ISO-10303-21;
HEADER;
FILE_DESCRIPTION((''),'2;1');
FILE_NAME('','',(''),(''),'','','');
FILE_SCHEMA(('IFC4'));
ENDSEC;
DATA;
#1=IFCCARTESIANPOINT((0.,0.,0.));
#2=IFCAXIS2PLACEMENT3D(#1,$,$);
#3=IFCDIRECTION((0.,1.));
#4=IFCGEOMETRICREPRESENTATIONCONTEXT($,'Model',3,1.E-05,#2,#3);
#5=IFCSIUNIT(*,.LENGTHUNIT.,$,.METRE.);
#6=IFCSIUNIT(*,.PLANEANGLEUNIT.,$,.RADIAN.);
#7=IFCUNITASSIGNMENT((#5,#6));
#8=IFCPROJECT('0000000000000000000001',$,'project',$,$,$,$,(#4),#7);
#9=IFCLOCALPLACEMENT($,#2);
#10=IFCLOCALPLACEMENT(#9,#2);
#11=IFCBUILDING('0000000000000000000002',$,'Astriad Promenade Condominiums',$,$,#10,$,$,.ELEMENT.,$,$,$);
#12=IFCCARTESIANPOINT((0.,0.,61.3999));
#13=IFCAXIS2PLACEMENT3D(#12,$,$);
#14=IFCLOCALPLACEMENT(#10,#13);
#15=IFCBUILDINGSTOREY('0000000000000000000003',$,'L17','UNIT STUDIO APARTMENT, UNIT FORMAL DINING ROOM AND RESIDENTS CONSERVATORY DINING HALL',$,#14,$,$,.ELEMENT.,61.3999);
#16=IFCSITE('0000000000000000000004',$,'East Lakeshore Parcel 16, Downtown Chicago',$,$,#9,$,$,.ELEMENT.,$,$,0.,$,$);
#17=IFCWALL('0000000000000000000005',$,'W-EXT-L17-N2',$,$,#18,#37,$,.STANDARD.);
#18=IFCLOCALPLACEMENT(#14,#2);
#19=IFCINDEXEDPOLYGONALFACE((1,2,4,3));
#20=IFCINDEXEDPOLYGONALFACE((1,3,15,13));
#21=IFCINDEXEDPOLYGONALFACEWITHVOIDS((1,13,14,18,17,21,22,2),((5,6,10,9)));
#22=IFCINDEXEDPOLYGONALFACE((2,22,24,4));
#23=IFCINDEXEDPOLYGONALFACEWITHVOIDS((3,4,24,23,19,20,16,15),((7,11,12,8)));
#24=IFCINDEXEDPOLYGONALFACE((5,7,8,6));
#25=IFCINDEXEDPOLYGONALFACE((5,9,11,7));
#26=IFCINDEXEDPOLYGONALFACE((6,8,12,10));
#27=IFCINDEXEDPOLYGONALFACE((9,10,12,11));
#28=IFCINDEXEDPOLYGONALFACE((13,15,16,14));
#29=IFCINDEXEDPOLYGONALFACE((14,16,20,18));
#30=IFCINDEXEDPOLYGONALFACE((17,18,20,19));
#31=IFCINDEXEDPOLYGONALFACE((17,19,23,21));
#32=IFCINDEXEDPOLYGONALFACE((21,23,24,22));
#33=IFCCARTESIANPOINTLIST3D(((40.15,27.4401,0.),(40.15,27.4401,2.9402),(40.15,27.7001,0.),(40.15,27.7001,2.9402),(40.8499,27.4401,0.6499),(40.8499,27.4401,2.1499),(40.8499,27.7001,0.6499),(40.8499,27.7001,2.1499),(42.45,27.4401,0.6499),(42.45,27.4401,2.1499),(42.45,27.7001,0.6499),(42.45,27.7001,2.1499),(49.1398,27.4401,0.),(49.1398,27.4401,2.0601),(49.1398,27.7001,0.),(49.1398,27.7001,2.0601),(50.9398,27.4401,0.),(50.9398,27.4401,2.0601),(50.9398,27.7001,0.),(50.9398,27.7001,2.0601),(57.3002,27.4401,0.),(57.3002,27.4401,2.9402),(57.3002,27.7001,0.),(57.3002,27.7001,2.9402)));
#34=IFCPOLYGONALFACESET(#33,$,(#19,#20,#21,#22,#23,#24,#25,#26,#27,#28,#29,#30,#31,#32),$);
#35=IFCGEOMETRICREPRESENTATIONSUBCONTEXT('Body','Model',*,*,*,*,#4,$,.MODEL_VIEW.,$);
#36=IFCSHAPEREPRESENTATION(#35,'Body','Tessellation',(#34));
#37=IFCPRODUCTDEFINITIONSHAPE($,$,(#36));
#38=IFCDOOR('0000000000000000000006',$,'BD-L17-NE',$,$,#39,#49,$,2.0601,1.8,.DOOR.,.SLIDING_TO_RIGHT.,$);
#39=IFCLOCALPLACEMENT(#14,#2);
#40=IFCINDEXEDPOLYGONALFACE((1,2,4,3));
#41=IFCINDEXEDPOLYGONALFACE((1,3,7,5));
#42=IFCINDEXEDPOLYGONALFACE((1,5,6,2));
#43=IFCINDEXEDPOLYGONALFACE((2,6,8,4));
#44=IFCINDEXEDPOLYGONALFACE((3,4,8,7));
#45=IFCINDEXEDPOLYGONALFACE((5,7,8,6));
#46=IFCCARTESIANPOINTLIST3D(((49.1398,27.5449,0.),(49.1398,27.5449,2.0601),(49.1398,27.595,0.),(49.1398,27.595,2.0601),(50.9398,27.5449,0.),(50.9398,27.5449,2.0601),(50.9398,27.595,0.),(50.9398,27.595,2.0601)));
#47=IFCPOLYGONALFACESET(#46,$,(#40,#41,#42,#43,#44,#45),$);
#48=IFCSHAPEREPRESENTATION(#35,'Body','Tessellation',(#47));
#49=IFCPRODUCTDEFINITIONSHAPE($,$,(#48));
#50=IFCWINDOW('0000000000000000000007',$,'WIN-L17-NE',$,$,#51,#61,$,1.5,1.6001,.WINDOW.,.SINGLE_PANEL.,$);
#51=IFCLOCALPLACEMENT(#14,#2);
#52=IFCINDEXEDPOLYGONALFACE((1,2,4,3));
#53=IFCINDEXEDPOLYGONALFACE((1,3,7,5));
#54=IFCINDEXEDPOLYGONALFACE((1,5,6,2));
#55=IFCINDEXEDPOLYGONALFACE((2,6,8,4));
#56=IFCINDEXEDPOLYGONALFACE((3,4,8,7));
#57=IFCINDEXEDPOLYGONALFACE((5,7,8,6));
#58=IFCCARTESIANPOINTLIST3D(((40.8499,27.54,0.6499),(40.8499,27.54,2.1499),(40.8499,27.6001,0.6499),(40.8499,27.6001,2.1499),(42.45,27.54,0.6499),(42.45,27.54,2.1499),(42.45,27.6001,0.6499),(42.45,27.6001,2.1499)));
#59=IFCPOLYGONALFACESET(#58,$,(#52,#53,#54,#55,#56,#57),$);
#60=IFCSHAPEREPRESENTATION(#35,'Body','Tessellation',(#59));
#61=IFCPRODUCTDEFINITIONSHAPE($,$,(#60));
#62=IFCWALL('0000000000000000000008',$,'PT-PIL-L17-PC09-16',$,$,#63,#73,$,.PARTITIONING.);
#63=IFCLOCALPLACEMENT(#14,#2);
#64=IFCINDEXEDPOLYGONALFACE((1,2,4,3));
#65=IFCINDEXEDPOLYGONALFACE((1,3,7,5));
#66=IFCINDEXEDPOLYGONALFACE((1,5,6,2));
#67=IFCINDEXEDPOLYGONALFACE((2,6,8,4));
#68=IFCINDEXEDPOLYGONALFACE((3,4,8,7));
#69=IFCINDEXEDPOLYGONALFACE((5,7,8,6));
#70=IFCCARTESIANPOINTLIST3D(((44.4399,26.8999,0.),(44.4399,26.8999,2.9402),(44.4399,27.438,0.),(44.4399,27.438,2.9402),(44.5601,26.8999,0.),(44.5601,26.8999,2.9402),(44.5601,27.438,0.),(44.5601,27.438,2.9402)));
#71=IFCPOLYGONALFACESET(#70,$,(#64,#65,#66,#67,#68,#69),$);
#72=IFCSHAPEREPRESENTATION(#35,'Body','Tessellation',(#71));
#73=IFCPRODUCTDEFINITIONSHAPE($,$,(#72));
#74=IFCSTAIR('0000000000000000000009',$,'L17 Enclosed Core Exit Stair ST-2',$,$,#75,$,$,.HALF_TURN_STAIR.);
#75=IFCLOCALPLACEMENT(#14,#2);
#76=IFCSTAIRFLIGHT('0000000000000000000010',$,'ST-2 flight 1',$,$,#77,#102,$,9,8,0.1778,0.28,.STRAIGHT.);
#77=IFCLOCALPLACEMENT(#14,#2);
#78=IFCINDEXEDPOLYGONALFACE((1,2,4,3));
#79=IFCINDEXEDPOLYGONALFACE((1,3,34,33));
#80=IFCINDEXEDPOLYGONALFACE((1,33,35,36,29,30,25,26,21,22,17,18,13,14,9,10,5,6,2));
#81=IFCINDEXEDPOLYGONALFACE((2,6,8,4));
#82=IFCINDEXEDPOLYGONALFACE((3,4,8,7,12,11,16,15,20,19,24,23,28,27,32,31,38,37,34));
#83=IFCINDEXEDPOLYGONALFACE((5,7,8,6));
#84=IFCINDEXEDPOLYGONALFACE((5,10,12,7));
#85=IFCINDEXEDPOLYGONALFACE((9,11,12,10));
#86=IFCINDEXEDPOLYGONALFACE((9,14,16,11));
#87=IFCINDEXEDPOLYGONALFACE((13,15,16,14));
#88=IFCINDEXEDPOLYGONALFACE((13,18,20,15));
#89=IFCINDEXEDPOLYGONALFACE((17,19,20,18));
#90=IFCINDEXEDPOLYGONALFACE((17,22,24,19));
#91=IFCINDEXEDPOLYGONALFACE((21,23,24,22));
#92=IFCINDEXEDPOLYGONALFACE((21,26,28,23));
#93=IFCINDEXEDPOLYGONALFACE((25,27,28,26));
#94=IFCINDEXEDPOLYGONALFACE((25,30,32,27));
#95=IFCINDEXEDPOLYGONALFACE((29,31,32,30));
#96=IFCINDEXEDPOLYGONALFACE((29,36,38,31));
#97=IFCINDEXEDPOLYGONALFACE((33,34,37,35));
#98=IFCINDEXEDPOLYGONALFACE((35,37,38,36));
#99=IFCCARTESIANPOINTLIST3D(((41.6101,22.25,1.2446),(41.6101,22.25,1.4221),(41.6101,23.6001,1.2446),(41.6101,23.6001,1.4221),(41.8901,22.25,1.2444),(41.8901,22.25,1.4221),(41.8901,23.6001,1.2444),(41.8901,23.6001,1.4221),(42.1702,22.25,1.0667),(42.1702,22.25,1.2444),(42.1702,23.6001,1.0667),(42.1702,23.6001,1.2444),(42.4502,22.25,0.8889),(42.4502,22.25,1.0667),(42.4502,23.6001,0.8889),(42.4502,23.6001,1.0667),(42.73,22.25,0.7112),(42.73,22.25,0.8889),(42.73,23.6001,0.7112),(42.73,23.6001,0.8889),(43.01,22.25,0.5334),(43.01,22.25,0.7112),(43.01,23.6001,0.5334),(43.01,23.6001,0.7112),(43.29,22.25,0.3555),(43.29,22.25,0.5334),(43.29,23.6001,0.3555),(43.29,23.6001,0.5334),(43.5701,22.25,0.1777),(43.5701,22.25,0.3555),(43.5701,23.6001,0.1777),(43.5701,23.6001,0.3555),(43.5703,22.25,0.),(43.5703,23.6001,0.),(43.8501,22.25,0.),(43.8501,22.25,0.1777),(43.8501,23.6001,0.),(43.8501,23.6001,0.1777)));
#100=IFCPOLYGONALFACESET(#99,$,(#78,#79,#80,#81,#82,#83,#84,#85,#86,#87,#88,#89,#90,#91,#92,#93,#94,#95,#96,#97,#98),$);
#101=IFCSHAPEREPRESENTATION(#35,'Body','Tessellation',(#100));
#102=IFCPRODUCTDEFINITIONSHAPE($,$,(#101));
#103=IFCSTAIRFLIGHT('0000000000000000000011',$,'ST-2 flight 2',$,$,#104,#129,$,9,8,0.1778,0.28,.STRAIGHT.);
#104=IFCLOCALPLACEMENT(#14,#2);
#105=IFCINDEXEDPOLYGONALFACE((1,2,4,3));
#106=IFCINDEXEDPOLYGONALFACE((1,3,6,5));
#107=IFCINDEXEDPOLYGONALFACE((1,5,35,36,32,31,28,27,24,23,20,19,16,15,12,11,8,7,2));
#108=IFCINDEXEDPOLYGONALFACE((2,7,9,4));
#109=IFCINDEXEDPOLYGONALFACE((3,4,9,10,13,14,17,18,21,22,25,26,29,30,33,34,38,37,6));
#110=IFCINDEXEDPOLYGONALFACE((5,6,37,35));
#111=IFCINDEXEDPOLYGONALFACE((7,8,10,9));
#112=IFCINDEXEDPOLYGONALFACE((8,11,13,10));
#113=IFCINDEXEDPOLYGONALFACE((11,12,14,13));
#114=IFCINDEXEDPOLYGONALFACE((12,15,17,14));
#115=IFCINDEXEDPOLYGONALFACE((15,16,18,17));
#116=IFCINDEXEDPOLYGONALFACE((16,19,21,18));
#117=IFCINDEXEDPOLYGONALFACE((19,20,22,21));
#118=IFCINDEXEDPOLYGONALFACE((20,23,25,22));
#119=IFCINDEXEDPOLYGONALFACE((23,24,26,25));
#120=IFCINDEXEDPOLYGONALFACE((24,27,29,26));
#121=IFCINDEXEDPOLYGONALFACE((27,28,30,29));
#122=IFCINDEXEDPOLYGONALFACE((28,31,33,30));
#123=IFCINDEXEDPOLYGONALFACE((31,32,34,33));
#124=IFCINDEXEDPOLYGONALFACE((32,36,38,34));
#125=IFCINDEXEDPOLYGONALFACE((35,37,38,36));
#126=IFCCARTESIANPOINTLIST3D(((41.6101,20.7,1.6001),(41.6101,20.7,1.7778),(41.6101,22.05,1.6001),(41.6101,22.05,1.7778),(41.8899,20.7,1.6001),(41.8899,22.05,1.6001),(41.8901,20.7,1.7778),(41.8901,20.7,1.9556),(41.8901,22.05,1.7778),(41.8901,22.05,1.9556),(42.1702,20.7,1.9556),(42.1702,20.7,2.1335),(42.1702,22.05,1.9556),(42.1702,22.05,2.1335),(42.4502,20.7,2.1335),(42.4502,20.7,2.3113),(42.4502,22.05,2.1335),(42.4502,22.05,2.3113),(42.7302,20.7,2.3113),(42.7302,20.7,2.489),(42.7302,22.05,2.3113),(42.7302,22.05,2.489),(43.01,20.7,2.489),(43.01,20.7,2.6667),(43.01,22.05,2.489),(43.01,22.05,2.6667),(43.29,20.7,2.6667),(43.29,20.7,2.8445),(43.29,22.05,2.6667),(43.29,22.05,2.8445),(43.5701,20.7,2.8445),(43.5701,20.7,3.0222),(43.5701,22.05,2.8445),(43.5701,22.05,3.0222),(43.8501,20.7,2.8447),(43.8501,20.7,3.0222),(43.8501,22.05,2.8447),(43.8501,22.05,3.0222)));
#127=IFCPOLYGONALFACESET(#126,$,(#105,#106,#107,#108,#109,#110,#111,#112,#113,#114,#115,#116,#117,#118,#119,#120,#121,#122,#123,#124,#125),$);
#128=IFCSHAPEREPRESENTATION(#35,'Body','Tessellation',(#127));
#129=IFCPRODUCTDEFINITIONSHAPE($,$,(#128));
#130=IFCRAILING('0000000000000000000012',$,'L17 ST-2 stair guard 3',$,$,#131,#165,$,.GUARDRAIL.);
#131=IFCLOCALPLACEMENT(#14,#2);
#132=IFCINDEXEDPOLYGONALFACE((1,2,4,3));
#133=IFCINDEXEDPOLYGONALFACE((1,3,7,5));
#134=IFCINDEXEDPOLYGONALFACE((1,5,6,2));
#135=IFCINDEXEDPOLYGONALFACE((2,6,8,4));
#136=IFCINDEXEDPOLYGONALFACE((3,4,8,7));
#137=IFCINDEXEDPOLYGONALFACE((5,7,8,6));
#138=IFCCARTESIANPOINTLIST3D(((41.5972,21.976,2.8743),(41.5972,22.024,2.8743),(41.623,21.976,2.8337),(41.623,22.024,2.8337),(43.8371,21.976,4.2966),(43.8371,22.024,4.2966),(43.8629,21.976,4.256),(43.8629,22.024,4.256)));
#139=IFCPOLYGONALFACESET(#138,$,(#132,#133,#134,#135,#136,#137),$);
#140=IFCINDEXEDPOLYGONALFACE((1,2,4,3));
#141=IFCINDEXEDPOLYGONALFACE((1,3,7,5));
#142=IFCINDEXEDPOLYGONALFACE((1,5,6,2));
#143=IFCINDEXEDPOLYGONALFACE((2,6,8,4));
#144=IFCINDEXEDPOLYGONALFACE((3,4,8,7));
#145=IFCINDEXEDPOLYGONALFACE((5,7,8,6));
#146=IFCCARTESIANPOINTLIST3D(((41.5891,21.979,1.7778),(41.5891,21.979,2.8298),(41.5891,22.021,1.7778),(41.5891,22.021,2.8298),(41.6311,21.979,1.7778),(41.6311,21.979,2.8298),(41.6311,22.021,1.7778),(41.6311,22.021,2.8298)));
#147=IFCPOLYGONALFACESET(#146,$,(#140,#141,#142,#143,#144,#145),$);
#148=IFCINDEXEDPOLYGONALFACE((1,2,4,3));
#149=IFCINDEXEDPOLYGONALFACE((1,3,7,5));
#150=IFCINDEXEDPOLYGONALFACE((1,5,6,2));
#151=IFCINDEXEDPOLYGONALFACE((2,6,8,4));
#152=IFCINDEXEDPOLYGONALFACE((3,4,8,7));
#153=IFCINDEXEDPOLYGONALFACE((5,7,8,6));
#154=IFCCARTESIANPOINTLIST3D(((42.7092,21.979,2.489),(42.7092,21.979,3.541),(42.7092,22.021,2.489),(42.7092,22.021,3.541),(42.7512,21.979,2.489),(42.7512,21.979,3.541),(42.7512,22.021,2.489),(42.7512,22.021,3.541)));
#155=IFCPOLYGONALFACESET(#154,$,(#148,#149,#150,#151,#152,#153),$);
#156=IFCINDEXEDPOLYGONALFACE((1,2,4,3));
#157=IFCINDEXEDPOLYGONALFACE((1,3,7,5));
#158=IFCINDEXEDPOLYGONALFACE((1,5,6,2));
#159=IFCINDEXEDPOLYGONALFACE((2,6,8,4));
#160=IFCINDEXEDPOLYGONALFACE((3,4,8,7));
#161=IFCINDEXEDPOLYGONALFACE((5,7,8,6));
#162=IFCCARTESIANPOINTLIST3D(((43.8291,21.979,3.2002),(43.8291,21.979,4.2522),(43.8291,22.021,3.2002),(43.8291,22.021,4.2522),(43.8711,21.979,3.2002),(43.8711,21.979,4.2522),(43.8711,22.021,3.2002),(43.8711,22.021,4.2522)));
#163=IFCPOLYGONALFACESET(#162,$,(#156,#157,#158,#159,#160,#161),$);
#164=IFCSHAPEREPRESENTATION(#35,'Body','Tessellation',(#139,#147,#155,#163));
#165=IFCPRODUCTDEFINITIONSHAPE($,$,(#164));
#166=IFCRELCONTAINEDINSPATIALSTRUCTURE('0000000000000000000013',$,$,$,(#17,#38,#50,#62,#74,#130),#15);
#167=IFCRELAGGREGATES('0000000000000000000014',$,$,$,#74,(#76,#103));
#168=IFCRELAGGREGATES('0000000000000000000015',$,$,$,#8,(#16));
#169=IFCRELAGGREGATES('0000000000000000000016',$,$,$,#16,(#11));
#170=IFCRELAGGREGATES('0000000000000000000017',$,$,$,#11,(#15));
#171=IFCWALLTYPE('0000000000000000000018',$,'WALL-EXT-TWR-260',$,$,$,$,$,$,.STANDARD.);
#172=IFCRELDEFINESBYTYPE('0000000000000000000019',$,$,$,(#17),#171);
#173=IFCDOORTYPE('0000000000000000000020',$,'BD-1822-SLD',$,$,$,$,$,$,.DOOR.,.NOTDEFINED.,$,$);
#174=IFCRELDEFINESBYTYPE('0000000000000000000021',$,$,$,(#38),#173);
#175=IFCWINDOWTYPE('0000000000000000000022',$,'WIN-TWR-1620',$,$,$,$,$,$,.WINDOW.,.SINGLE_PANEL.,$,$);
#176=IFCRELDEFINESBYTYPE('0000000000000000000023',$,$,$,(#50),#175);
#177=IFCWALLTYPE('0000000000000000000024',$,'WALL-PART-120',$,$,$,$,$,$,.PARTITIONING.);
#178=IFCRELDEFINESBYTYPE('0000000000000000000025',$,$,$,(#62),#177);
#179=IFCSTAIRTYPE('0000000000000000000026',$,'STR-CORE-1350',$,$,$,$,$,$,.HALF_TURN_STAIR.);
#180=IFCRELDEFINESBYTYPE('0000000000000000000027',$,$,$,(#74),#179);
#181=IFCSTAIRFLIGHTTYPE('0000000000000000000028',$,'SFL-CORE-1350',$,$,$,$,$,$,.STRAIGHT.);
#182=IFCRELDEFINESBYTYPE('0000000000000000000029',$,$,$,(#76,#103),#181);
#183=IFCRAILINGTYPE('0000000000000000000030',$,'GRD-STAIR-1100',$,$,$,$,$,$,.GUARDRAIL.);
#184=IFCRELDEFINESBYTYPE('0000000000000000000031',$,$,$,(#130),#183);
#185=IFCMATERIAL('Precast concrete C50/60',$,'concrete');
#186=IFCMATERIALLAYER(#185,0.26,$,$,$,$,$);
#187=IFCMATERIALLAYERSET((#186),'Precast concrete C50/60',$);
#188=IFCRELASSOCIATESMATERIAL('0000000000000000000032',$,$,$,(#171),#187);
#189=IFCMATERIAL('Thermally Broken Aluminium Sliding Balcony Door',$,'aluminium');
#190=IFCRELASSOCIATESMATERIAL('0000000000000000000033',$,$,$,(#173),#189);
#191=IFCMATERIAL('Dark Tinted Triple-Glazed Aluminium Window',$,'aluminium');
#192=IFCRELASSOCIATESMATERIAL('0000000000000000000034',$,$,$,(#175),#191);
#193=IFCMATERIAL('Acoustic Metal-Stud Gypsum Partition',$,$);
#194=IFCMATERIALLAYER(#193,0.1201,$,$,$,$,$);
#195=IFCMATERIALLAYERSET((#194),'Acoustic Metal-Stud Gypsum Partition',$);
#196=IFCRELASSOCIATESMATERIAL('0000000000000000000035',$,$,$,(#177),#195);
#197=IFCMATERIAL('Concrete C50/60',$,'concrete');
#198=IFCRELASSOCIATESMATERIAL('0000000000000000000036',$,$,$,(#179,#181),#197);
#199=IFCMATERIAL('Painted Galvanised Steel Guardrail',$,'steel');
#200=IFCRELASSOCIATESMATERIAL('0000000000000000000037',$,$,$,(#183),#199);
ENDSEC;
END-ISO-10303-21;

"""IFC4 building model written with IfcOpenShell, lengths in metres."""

from ifc_helpers import new_model, si_unit, direction, frame, frame_2d, origin, origin_2d, place, context, subcontext, project, spatial, polyline, rectangle, outline, extrude, source, transform, mapped, material, layer, layer_set, type_object, type_shapes, element, fill, aggregate, save


model = new_model("IFC4")

# Units and contexts
model_context = context("Model", 3, precision=1e-05, world=origin(), true_north=direction((0.0, 1.0)))
body_context = subcontext(model_context, "Body", "Model", "MODEL_VIEW")
ifc_project = project(units=[si_unit("LENGTHUNIT", "METRE"), si_unit("PLANEANGLEUNIT", "RADIAN")], contexts=[model_context])

# Site, building, storey
site_placement = place(None, origin())
site = spatial("IfcSite", under=ifc_project, at=site_placement, Name="East Lakeshore Parcel 16, Downtown Chicago", CompositionType="ELEMENT", RefElevation=0.0)
building_placement = place(site_placement, origin())
building = spatial("IfcBuilding", under=site, at=building_placement, Name="Astriad Promenade Condominiums", CompositionType="ELEMENT")
storey_placement = place(building_placement, frame((0.0, 0.0, 61.3999)))
storey = spatial("IfcBuildingStorey", under=building, at=storey_placement, Name="L17", Description="UNIT STUDIO APARTMENT, UNIT FORMAL DINING ROOM AND RESIDENTS CONSERVATORY DINING HALL", CompositionType="ELEMENT", Elevation=61.3999)

# Shared definitions
ifc_material_1 = material(Name="Concrete C50/60", Category="concrete")

# Wall, openings, door, window
ifc_material_2 = material(Name="Precast concrete C50/60", Category="concrete")
ifc_layer_1 = layer(ifc_material_2, 0.26)
ifc_layer_set_1 = layer_set([ifc_layer_1], Name="Precast concrete C50/60")
wall_type_1 = type_object("IfcWallType", Name="WALL-EXT-TWR-260", PredefinedType="STANDARD", material=ifc_layer_set_1)
wall_1_placement = place(storey_placement, frame((40.1499, 27.5701, 0.0), z_axis=(0.0, 0.0, 1.0), x_axis=(1.0, 0.0, 0.0)))
wall_1 = element("IfcWall", 1, at=wall_1_placement, inside=storey, type_object=wall_type_1, Name="W-EXT-L17-N2", PredefinedType="STANDARD", context=body_context, shape_type="SweptSolid", body=[
    extrude(rectangle(XDim=17.1501, YDim=0.26, at=frame_2d((8.5752, 0.0))), origin(), (0.0, 0.0, 1.0), 2.9402),
])
opening_1_placement = place(wall_1_placement, frame((8.99, 0.0, 0.0)))
opening_1 = element("IfcOpeningElement", 2, at=opening_1_placement, cuts=wall_1, PredefinedType="OPENING", context=body_context, shape_type="SweptSolid", body=[
    extrude(rectangle(XDim=1.8, YDim=2.0601, at=frame_2d((0.8999, 1.03))), frame((0.0, 0.1399, 0.0), z_axis=(0.0, -1.0, 0.0), x_axis=(1.0, 0.0, 0.0)), (0.0, 0.0, 1.0), 0.28),
])
opening_2_placement = place(wall_1_placement, frame((0.7, 0.0, 0.6499)))
opening_2 = element("IfcOpeningElement", 3, at=opening_2_placement, cuts=wall_1, PredefinedType="OPENING", context=body_context, shape_type="SweptSolid", body=[
    extrude(rectangle(XDim=1.6001, YDim=1.5, at=frame_2d((0.8, 0.75))), frame((0.0, 0.1399, 0.0), z_axis=(0.0, -1.0, 0.0), x_axis=(1.0, 0.0, 0.0)), (0.0, 0.0, 1.0), 0.28),
])
ifc_material_3 = material(Name="Thermally Broken Aluminium Sliding Balcony Door", Category="aluminium")
door_type_1 = type_object("IfcDoorType", Name="BD-1822-SLD", OperationType="NOTDEFINED", PredefinedType="DOOR", material=ifc_material_3)
shared_shape_1 = source(origin(), body_context, "Body", "SweptSolid", [
    extrude(rectangle(XDim=1.8, YDim=2.0601, at=frame_2d((0.8999, 1.03))), frame((0.0, 0.0249, 0.0), z_axis=(0.0, -1.0, 0.0), x_axis=(1.0, 0.0, 0.0)), (0.0, 0.0, 1.0), 0.05),
])
type_shapes(door_type_1, [shared_shape_1])
door_1_placement = place(opening_1_placement, origin())
door_1 = element("IfcDoor", 4, at=door_1_placement, inside=storey, type_object=door_type_1, Name="BD-L17-NE", OperationType="SLIDING_TO_RIGHT", OverallHeight=2.0601, OverallWidth=1.8, PredefinedType="DOOR", context=body_context, shape_type="MappedRepresentation", body=[
    mapped(shared_shape_1, transform((0.0, 0.0, 0.0), scale=1.0)),
])
fill(opening_1, door_1)
ifc_material_4 = material(Name="Dark Tinted Triple-Glazed Aluminium Window", Category="aluminium")
window_type = type_object("IfcWindowType", Name="WIN-TWR-1620", PartitioningType="SINGLE_PANEL", PredefinedType="WINDOW", material=ifc_material_4)
shared_shape_2 = source(origin(), body_context, "Body", "SweptSolid", [
    extrude(rectangle(XDim=1.6001, YDim=1.5, at=frame_2d((0.8, 0.75))), frame((0.0, 0.03, 0.0), z_axis=(0.0, -1.0, 0.0), x_axis=(1.0, 0.0, 0.0)), (0.0, 0.0, 1.0), 0.0601),
])
type_shapes(window_type, [shared_shape_2])
window_placement = place(opening_2_placement, origin())
window = element("IfcWindow", 5, at=window_placement, inside=storey, type_object=window_type, Name="WIN-L17-NE", OverallHeight=1.5, OverallWidth=1.6001, PartitioningType="SINGLE_PANEL", PredefinedType="WINDOW", context=body_context, shape_type="MappedRepresentation", body=[
    mapped(shared_shape_2, transform((0.0, 0.0, 0.0), scale=1.0)),
])
fill(opening_2, window)

# Wall
ifc_material_5 = material(Name="Acoustic Metal-Stud Gypsum Partition")
ifc_layer_2 = layer(ifc_material_5, 0.1201)
ifc_layer_set_2 = layer_set([ifc_layer_2], Name="Acoustic Metal-Stud Gypsum Partition")
wall_type_2 = type_object("IfcWallType", Name="WALL-PART-120", PredefinedType="PARTITIONING", material=ifc_layer_set_2)
wall_2_placement = place(storey_placement, frame((44.5, 26.8999, 0.0), z_axis=(0.0, 0.0, 1.0), x_axis=(0.0, 1.0, 0.0)))
element("IfcWall", 6, at=wall_2_placement, inside=storey, type_object=wall_type_2, Name="PT-PIL-L17-PC09-16", PredefinedType="PARTITIONING", context=body_context, shape_type="SweptSolid", body=[
    extrude(rectangle(XDim=0.5381, YDim=0.1201, at=frame_2d((0.269, 0.0))), origin(), (0.0, 0.0, 1.0), 2.9402),
])

# Stair, stair flights
stair_type = type_object("IfcStairType", Name="STR-CORE-1350", PredefinedType="HALF_TURN_STAIR", material=ifc_material_1)
stair_placement = place(storey_placement, origin())
stair = element("IfcStair", 7, at=stair_placement, inside=storey, type_object=stair_type, Name="L17 Enclosed Core Exit Stair ST-2", PredefinedType="HALF_TURN_STAIR")
stair_flight_type = type_object("IfcStairFlightType", Name="SFL-CORE-1350", PredefinedType="STRAIGHT", material=ifc_material_1)
shared_shape_3 = source(origin(), body_context, "Body", "SweptSolid", [
    extrude(outline(polyline([(0.0, 0.0), (0.0, 0.1777), (0.28, 0.1777), (0.28, 0.3555), (0.5601, 0.3555), (0.5601, 0.5334), (0.8401, 0.5334), (0.8401, 0.7112), (1.1201, 0.7112), (1.1201, 0.8889), (1.3999, 0.8889), (1.3999, 1.0667), (1.6799, 1.0667), (1.6799, 1.2444), (1.96, 1.2444), (1.96, 1.4221), (2.24, 1.4221), (2.24, 1.6001), (2.24, 1.2446), (0.2798, 0.0), (0.0, 0.0)])), frame((0.0, 0.675, 0.0), z_axis=(0.0, -1.0, 0.0), x_axis=(1.0, 0.0, 0.0)), (0.0, 0.0, 1.0), 1.3501),
])
type_shapes(stair_flight_type, [shared_shape_3])
stair_flight_1_placement = place(storey_placement, frame((43.8501, 22.925, 0.0), z_axis=(0.0, 0.0, 1.0), x_axis=(-1.0, 0.0, 0.0)))
stair_flight_1 = element("IfcStairFlight", 8, at=stair_flight_1_placement, type_object=stair_flight_type, Name="ST-2 flight 1", NumberOfRisers=9, NumberOfTreads=8, PredefinedType="STRAIGHT", RiserHeight=0.1778, TreadLength=0.28, context=body_context, shape_type="MappedRepresentation", body=[
    mapped(shared_shape_3, transform((0.0, 0.0, 0.0), scale=1.0)),
])
stair_flight_2_placement = place(storey_placement, frame((41.6101, 21.375, 1.6001), z_axis=(0.0, 0.0, 1.0), x_axis=(1.0, 0.0, 0.0)))
stair_flight_2 = element("IfcStairFlight", 9, at=stair_flight_2_placement, type_object=stair_flight_type, Name="ST-2 flight 2", NumberOfRisers=9, NumberOfTreads=8, PredefinedType="STRAIGHT", RiserHeight=0.1778, TreadLength=0.28, context=body_context, shape_type="MappedRepresentation", body=[
    mapped(shared_shape_3, transform((0.0, 0.0, 0.0), scale=1.0)),
])
aggregate(stair, [stair_flight_1, stair_flight_2])

# Railing
ifc_material_6 = material(Name="Painted Galvanised Steel Guardrail", Category="steel")
railing_type_1 = type_object("IfcRailingType", Name="GRD-STAIR-1100", PredefinedType="GUARDRAIL", material=ifc_material_6)
shared_shape_4 = source(origin(), body_context, "Body", "SweptSolid", [
    extrude(rectangle(XDim=0.0481, YDim=0.0481, at=origin_2d()), frame((0.0, 0.0, 1.0762), z_axis=(0.844188, 0.0, 0.536048), x_axis=(0.0, 1.0, 0.0)), (0.0, 0.0, 1.0), 2.6533),
    extrude(rectangle(XDim=0.042, YDim=0.042, at=origin_2d()), origin(), (0.0, 0.0, 1.0), 1.052),
    extrude(rectangle(XDim=0.042, YDim=0.042, at=origin_2d()), frame((1.1201, 0.0, 0.7112)), (0.0, 0.0, 1.0), 1.052),
    extrude(rectangle(XDim=0.042, YDim=0.042, at=origin_2d()), frame((2.24, 0.0, 1.4224)), (0.0, 0.0, 1.0), 1.052),
])
railing_1_placement = place(storey_placement, frame((41.6101, 22.0, 1.7778)))
element("IfcRailing", 10, at=railing_1_placement, inside=storey, type_object=railing_type_1, Name="L17 ST-2 stair guard 3", PredefinedType="GUARDRAIL", context=body_context, shape_type="MappedRepresentation", body=[
    mapped(shared_shape_4, transform((0.0, 0.0, 0.0), scale=1.0)),
])

save(model, "model.ifc")
